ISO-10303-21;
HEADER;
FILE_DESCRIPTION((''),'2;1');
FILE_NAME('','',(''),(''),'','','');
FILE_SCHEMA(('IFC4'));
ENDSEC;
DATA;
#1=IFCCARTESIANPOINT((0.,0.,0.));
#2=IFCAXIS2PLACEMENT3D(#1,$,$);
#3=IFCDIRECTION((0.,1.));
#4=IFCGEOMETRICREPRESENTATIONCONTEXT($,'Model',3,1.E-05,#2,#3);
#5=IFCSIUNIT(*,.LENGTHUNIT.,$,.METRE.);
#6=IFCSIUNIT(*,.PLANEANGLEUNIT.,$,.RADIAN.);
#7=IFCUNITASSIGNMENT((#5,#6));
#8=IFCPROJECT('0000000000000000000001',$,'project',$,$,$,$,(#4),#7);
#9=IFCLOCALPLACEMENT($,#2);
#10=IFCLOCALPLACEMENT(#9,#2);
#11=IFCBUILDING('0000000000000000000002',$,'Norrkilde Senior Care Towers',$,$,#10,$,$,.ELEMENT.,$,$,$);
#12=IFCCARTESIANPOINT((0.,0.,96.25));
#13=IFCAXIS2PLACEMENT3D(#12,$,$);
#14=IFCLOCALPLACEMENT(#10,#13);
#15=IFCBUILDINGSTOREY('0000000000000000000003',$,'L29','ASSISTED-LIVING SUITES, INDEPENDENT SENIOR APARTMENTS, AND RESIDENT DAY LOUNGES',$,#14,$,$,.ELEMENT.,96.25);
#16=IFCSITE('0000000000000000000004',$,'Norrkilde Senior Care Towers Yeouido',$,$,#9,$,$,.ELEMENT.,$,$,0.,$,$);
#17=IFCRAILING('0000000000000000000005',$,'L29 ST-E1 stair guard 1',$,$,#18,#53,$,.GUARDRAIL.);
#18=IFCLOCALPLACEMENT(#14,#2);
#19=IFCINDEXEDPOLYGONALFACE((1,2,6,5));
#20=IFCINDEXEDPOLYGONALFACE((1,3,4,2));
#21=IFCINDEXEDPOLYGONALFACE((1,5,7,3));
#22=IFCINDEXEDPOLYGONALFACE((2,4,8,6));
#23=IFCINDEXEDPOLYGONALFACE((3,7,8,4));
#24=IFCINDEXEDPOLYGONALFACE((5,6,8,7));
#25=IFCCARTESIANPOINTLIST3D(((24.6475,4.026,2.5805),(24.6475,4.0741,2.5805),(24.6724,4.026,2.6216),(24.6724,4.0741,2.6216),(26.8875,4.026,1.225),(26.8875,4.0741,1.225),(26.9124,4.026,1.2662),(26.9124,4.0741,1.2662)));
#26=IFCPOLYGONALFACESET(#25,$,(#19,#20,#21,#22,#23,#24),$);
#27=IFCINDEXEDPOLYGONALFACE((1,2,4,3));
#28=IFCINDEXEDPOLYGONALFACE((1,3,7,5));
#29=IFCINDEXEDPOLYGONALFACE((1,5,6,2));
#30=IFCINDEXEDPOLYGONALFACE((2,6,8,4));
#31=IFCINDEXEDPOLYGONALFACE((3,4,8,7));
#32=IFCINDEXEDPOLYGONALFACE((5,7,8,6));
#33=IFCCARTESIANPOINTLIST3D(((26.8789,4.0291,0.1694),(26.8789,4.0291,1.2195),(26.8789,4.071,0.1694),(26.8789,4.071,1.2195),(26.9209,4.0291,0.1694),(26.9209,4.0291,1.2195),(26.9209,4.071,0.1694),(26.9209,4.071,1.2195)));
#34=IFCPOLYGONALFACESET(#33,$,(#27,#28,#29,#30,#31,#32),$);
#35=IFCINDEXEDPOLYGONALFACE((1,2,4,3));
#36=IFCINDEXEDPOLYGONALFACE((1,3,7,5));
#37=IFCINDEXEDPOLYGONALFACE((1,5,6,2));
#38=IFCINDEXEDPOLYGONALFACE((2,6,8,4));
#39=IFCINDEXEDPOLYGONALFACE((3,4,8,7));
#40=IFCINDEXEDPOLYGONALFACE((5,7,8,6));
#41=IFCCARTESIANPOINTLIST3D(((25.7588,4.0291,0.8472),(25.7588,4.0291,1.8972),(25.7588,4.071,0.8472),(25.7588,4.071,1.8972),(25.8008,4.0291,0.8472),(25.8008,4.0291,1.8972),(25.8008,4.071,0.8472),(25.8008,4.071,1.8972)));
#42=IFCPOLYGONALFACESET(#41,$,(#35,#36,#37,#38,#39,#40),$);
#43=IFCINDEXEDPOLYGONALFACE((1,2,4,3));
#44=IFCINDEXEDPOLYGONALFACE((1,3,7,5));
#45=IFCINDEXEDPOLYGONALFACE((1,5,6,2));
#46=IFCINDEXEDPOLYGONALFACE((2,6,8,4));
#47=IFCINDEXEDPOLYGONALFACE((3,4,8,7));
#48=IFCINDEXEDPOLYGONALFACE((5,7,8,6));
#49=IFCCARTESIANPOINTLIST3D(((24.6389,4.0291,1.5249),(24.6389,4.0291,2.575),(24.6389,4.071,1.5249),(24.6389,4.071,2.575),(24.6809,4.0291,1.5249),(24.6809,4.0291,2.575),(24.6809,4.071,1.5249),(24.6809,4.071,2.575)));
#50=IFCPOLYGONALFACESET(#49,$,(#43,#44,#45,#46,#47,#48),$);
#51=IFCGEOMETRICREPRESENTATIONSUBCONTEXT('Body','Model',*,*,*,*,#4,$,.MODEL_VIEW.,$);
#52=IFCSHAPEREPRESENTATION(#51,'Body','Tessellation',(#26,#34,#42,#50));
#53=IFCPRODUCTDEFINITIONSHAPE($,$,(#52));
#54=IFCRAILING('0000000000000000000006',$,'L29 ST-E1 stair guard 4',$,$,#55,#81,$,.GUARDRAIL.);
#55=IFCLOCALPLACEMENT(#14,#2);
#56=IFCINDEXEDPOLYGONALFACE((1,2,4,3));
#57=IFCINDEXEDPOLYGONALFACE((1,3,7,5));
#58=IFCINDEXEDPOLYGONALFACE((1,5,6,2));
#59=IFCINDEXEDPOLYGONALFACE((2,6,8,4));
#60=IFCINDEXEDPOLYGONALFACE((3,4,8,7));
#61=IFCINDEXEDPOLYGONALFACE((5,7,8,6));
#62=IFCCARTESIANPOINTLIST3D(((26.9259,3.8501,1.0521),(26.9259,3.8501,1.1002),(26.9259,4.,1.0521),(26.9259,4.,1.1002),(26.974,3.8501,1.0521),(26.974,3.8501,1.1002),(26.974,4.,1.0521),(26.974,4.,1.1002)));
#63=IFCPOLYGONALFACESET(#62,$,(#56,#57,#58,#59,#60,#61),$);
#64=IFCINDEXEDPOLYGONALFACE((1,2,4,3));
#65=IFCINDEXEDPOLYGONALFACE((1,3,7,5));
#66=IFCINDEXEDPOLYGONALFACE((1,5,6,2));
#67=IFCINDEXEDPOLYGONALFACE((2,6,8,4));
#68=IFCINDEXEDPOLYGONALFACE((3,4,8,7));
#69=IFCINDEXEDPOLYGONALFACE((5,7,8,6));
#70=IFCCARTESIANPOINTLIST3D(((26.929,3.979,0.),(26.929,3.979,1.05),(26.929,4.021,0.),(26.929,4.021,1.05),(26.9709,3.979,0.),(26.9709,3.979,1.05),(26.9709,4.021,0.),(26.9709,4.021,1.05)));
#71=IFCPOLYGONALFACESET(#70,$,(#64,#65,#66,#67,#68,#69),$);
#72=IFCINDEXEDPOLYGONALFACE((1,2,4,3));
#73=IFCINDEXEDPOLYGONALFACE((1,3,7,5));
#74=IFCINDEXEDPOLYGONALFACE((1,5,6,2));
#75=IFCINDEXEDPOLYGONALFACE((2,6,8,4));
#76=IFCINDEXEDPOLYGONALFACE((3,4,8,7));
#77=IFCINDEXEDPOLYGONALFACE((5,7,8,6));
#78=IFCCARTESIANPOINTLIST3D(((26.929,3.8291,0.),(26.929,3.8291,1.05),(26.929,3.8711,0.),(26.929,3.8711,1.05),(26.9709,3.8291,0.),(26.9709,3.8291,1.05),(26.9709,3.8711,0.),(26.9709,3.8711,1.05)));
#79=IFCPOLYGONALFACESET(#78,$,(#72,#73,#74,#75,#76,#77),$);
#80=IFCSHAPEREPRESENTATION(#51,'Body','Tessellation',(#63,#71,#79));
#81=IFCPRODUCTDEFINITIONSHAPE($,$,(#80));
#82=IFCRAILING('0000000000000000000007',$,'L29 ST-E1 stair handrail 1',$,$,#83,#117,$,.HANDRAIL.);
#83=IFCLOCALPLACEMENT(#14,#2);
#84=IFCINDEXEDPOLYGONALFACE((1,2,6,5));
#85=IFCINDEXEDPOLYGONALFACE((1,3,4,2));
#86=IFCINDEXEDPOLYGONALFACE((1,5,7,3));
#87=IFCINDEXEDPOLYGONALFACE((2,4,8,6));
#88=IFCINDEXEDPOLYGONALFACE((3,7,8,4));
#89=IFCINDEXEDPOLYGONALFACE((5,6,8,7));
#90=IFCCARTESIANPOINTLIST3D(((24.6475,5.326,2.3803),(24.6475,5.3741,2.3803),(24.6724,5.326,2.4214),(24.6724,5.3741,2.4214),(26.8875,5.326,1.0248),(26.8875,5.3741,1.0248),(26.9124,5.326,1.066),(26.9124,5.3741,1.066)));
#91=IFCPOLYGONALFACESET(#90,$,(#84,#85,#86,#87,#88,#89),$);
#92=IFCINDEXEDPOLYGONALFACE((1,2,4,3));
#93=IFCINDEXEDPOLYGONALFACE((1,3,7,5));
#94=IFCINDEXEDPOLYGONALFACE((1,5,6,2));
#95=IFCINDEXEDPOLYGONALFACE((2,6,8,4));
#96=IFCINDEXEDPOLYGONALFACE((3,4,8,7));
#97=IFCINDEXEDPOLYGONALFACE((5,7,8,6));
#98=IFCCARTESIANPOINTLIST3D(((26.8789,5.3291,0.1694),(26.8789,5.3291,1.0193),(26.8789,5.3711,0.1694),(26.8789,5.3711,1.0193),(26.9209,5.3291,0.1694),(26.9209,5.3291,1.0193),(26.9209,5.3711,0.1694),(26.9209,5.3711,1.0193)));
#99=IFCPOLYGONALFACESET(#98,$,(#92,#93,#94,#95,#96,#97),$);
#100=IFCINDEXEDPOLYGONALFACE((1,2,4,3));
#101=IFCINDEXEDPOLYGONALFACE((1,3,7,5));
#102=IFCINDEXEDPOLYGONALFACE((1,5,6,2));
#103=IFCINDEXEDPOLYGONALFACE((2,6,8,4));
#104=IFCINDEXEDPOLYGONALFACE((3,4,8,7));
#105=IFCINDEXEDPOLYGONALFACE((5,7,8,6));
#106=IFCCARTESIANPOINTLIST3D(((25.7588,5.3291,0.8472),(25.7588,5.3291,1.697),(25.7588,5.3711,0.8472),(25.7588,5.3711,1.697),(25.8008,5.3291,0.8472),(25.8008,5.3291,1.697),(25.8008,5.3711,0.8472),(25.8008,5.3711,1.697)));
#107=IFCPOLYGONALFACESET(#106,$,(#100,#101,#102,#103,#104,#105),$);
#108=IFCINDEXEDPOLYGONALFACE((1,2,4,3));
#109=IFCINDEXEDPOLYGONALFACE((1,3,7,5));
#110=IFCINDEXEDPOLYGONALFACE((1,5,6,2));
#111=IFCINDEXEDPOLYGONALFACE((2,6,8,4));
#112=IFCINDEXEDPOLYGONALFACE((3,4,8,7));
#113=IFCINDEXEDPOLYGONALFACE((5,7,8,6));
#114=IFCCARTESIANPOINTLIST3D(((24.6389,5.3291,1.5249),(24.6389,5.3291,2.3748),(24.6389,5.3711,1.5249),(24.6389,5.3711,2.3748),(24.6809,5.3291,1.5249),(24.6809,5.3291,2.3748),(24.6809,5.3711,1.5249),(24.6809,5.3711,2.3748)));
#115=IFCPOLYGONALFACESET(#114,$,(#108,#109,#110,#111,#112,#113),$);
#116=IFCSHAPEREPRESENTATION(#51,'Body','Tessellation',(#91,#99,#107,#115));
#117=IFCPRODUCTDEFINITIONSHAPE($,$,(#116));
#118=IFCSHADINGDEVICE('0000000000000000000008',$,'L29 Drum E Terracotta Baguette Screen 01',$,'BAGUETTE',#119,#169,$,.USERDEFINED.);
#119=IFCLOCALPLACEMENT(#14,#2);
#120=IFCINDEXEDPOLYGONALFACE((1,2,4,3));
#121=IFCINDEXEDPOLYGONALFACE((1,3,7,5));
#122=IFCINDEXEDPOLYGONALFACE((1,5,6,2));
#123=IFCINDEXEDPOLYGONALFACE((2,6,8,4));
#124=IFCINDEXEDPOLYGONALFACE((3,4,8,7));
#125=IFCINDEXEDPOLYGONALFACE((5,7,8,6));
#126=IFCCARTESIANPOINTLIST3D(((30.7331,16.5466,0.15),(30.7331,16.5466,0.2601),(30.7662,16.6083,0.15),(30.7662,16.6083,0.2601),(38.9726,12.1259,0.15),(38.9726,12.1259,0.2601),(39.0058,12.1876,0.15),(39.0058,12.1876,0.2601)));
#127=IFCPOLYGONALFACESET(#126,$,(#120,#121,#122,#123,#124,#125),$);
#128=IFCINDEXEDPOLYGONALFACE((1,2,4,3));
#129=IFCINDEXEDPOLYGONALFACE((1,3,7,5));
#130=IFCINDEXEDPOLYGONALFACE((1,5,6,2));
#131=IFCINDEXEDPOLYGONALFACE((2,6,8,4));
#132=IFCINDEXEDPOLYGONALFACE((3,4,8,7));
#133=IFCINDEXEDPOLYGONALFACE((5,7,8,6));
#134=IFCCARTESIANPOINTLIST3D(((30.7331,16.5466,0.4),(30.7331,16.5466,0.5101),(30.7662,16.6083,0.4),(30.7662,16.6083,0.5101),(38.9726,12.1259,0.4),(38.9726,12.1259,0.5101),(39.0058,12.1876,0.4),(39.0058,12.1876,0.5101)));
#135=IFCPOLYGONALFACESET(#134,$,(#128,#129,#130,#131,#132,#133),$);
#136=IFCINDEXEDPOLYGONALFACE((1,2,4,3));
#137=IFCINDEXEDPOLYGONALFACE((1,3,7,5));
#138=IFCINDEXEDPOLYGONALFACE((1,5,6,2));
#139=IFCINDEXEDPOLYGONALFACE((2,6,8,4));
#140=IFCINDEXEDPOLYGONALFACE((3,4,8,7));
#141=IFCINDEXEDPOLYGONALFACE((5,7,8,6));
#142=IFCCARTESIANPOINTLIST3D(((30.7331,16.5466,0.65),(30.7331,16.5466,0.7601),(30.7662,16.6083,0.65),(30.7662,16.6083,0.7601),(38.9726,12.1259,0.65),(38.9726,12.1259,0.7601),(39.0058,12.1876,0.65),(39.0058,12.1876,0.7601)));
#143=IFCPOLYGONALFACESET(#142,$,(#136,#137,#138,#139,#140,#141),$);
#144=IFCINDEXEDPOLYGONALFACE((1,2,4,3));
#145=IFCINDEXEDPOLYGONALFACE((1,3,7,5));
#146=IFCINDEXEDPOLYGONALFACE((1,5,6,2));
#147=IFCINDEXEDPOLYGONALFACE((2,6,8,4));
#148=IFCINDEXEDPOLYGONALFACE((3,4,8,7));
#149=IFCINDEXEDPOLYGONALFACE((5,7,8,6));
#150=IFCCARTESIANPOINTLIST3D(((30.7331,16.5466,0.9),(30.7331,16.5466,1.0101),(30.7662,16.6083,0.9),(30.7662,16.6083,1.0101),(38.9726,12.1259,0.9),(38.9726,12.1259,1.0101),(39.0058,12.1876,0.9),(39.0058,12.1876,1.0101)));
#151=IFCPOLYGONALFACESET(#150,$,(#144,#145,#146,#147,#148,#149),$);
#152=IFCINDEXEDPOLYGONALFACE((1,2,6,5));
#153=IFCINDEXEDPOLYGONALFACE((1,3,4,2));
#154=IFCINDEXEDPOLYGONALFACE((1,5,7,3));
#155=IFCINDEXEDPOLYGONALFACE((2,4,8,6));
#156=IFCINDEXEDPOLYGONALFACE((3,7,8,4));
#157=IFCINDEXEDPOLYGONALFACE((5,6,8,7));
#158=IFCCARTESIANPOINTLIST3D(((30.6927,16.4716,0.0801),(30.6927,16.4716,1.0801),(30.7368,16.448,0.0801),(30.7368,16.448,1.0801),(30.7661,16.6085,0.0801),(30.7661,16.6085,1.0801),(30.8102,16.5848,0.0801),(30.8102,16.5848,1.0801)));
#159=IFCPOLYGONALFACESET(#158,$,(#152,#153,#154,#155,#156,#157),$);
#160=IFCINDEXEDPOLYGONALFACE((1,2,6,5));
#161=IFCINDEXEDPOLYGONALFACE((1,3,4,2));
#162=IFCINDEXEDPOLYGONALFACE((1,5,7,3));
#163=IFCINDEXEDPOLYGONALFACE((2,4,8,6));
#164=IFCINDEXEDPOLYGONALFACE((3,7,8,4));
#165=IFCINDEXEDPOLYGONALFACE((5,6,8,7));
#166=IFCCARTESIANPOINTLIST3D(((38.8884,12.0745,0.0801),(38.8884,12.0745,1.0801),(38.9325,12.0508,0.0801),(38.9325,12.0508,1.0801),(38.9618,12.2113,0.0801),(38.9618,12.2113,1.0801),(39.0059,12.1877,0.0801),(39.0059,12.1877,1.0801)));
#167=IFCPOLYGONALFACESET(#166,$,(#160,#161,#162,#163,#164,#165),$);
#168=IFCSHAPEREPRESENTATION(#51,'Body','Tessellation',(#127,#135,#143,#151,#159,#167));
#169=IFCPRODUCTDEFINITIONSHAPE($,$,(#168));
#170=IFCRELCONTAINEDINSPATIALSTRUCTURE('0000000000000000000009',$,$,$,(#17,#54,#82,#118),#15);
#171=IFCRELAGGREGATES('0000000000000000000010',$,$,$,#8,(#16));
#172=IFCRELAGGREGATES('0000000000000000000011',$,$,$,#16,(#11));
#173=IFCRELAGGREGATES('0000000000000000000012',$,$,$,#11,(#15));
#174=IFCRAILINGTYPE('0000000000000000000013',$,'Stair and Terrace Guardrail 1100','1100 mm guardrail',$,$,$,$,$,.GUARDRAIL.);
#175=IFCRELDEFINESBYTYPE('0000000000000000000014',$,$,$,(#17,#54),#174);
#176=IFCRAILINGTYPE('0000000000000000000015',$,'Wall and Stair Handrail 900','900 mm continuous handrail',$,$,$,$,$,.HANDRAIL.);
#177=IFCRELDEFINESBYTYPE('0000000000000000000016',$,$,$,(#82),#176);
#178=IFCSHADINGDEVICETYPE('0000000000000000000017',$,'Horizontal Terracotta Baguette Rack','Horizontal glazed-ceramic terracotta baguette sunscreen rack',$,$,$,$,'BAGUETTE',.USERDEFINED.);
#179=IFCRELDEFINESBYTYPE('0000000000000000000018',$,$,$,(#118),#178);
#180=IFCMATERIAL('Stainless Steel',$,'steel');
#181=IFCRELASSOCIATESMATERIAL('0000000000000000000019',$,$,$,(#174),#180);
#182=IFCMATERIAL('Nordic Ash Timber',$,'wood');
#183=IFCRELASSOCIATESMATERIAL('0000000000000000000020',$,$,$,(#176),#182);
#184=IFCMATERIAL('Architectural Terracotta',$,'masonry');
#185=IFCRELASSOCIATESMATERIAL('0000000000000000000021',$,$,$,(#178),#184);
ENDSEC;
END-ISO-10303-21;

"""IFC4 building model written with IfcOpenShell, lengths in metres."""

from ifc_helpers import new_model, si_unit, direction, frame, origin, origin_2d, place, context, subcontext, project, spatial, rectangle, extrude, source, transform, mapped, material, type_object, type_shapes, element, save


model = new_model("IFC4")

# Units and contexts
model_context = context("Model", 3, precision=1e-05, world=origin(), true_north=direction((0.0, 1.0)))
body_context = subcontext(model_context, "Body", "Model", "MODEL_VIEW")
ifc_project = project(units=[si_unit("LENGTHUNIT", "METRE"), si_unit("PLANEANGLEUNIT", "RADIAN")], contexts=[model_context])

# Site, building, storey
site_placement = place(None, origin())
site = spatial("IfcSite", under=ifc_project, at=site_placement, Name="Norrkilde Senior Care Towers Yeouido", CompositionType="ELEMENT", RefElevation=0.0)
building_placement = place(site_placement, origin())
building = spatial("IfcBuilding", under=site, at=building_placement, Name="Norrkilde Senior Care Towers", CompositionType="ELEMENT")
storey_placement = place(building_placement, frame((0.0, 0.0, 96.25)))
storey = spatial("IfcBuildingStorey", under=building, at=storey_placement, Name="L29", Description="ASSISTED-LIVING SUITES, INDEPENDENT SENIOR APARTMENTS, AND RESIDENT DAY LOUNGES", CompositionType="ELEMENT", Elevation=96.25)

# Shared definitions
ifc_material_1 = material(Name="Nordic Ash Timber", Category="wood")

# Railings
ifc_material_2 = material(Name="Stainless Steel", Category="steel")
railing_type_1 = type_object("IfcRailingType", Name="Stair and Terrace Guardrail 1100", Description="1100 mm guardrail", PredefinedType="GUARDRAIL", material=ifc_material_2)
railing_1_placement = place(storey_placement, frame((26.8999, 4.05, 0.1694)))
element("IfcRailing", 1, at=railing_1_placement, inside=storey, type_object=railing_type_1, Name="L29 ST-E1 stair guard 1", PredefinedType="GUARDRAIL", context=body_context, shape_type="SweptSolid", body=[
    extrude(rectangle(XDim=0.0481, YDim=0.0481, at=origin_2d()), frame((0.0, 0.0, 1.0762), z_axis=(-0.855553, 0.0, 0.517715), x_axis=(0.0, -1.0, 0.0)), (0.0, 0.0, 1.0), 2.6182),
    extrude(rectangle(XDim=0.042, YDim=0.042, at=origin_2d()), origin(), (0.0, 0.0, 1.0), 1.05),
    extrude(rectangle(XDim=0.042, YDim=0.042, at=origin_2d()), frame((-1.1201, 0.0, 0.6777)), (0.0, 0.0, 1.0), 1.05),
    extrude(rectangle(XDim=0.042, YDim=0.042, at=origin_2d()), frame((-2.24, 0.0, 1.3555)), (0.0, 0.0, 1.0), 1.05),
])
railing_2_placement = place(storey_placement, frame((26.95, 4.0, 0.0)))
element("IfcRailing", 2, at=railing_2_placement, inside=storey, type_object=railing_type_1, Name="L29 ST-E1 stair guard 4", PredefinedType="GUARDRAIL", context=body_context, shape_type="SweptSolid", body=[
    extrude(rectangle(XDim=0.0481, YDim=0.0481, at=origin_2d()), frame((0.0, 0.0, 1.0762), z_axis=(0.0, -1.0, 0.0), x_axis=(1.0, 0.0, 0.0)), (0.0, 0.0, 1.0), 0.1499),
    extrude(rectangle(XDim=0.042, YDim=0.042, at=origin_2d()), origin(), (0.0, 0.0, 1.0), 1.05),
    extrude(rectangle(XDim=0.042, YDim=0.042, at=origin_2d()), frame((0.0, -0.1499, 0.0)), (0.0, 0.0, 1.0), 1.05),
])
railing_type_2 = type_object("IfcRailingType", Name="Wall and Stair Handrail 900", Description="900 mm continuous handrail", PredefinedType="HANDRAIL", material=ifc_material_1)
railing_3_placement = place(storey_placement, frame((26.8999, 5.3501, 0.1694)))
element("IfcRailing", 3, at=railing_3_placement, inside=storey, type_object=railing_type_2, Name="L29 ST-E1 stair handrail 1", PredefinedType="HANDRAIL", context=body_context, shape_type="SweptSolid", body=[
    extrude(rectangle(XDim=0.0481, YDim=0.0481, at=origin_2d()), frame((0.0, 0.0, 0.876), z_axis=(-0.855553, 0.0, 0.517715), x_axis=(0.0, -1.0, 0.0)), (0.0, 0.0, 1.0), 2.6182),
    extrude(rectangle(XDim=0.042, YDim=0.042, at=origin_2d()), origin(), (0.0, 0.0, 1.0), 0.8499),
    extrude(rectangle(XDim=0.042, YDim=0.042, at=origin_2d()), frame((-1.1201, 0.0, 0.6777)), (0.0, 0.0, 1.0), 0.8499),
    extrude(rectangle(XDim=0.042, YDim=0.042, at=origin_2d()), frame((-2.24, 0.0, 1.3555)), (0.0, 0.0, 1.0), 0.8499),
])

# Shading device
ifc_material_3 = material(Name="Architectural Terracotta", Category="masonry")
shading_device_type = type_object("IfcShadingDeviceType", Name="Horizontal Terracotta Baguette Rack", Description="Horizontal glazed-ceramic terracotta baguette sunscreen rack", ElementType="BAGUETTE", PredefinedType="USERDEFINED", material=ifc_material_3)
shared_shape_1 = source(origin(), body_context, "Body", "SweptSolid", [
    extrude(rectangle(XDim=0.0701, YDim=0.1101, at=origin_2d()), frame((0.0, 0.0901, 0.125), z_axis=(1.0, 0.0, 0.0), x_axis=(0.0, 1.0, 0.0)), (0.0, 0.0, 1.0), 9.3506),
    extrude(rectangle(XDim=0.0701, YDim=0.1101, at=origin_2d()), frame((0.0, 0.0901, 0.375), z_axis=(1.0, 0.0, 0.0), x_axis=(0.0, 1.0, 0.0)), (0.0, 0.0, 1.0), 9.3506),
    extrude(rectangle(XDim=0.0701, YDim=0.1101, at=origin_2d()), frame((0.0, 0.0901, 0.625), z_axis=(1.0, 0.0, 0.0), x_axis=(0.0, 1.0, 0.0)), (0.0, 0.0, 1.0), 9.3506),
    extrude(rectangle(XDim=0.0701, YDim=0.1101, at=origin_2d()), frame((0.0, 0.0901, 0.875), z_axis=(1.0, 0.0, 0.0), x_axis=(0.0, 1.0, 0.0)), (0.0, 0.0, 1.0), 9.3506),
    extrude(rectangle(XDim=0.05, YDim=0.1553, at=origin_2d()), frame((0.0249, 0.0476, 0.0)), (0.0, 0.0, 1.0), 1.0),
    extrude(rectangle(XDim=0.05, YDim=0.1553, at=origin_2d()), frame((9.3257, 0.0476, 0.0)), (0.0, 0.0, 1.0), 1.0),
])
type_shapes(shading_device_type, [shared_shape_1])
shading_device_placement = place(storey_placement, frame((30.707, 16.498, 0.0801), z_axis=(0.0, 0.0, 1.0), x_axis=(0.881175, -0.472768, 0.0)))
element("IfcShadingDevice", 4, at=shading_device_placement, inside=storey, type_object=shading_device_type, Name="L29 Drum E Terracotta Baguette Screen 01", ObjectType="BAGUETTE", PredefinedType="USERDEFINED", context=body_context, shape_type="MappedRepresentation", body=[
    mapped(shared_shape_1, transform((0.0, 0.0, 0.0), x_axis=(1.0, 0.0, 0.0), y_axis=(0.0, 1.0, 0.0), z_axis=(0.0, 0.0, 1.0), scale=1.0)),
])

save(model, "model.ifc")
